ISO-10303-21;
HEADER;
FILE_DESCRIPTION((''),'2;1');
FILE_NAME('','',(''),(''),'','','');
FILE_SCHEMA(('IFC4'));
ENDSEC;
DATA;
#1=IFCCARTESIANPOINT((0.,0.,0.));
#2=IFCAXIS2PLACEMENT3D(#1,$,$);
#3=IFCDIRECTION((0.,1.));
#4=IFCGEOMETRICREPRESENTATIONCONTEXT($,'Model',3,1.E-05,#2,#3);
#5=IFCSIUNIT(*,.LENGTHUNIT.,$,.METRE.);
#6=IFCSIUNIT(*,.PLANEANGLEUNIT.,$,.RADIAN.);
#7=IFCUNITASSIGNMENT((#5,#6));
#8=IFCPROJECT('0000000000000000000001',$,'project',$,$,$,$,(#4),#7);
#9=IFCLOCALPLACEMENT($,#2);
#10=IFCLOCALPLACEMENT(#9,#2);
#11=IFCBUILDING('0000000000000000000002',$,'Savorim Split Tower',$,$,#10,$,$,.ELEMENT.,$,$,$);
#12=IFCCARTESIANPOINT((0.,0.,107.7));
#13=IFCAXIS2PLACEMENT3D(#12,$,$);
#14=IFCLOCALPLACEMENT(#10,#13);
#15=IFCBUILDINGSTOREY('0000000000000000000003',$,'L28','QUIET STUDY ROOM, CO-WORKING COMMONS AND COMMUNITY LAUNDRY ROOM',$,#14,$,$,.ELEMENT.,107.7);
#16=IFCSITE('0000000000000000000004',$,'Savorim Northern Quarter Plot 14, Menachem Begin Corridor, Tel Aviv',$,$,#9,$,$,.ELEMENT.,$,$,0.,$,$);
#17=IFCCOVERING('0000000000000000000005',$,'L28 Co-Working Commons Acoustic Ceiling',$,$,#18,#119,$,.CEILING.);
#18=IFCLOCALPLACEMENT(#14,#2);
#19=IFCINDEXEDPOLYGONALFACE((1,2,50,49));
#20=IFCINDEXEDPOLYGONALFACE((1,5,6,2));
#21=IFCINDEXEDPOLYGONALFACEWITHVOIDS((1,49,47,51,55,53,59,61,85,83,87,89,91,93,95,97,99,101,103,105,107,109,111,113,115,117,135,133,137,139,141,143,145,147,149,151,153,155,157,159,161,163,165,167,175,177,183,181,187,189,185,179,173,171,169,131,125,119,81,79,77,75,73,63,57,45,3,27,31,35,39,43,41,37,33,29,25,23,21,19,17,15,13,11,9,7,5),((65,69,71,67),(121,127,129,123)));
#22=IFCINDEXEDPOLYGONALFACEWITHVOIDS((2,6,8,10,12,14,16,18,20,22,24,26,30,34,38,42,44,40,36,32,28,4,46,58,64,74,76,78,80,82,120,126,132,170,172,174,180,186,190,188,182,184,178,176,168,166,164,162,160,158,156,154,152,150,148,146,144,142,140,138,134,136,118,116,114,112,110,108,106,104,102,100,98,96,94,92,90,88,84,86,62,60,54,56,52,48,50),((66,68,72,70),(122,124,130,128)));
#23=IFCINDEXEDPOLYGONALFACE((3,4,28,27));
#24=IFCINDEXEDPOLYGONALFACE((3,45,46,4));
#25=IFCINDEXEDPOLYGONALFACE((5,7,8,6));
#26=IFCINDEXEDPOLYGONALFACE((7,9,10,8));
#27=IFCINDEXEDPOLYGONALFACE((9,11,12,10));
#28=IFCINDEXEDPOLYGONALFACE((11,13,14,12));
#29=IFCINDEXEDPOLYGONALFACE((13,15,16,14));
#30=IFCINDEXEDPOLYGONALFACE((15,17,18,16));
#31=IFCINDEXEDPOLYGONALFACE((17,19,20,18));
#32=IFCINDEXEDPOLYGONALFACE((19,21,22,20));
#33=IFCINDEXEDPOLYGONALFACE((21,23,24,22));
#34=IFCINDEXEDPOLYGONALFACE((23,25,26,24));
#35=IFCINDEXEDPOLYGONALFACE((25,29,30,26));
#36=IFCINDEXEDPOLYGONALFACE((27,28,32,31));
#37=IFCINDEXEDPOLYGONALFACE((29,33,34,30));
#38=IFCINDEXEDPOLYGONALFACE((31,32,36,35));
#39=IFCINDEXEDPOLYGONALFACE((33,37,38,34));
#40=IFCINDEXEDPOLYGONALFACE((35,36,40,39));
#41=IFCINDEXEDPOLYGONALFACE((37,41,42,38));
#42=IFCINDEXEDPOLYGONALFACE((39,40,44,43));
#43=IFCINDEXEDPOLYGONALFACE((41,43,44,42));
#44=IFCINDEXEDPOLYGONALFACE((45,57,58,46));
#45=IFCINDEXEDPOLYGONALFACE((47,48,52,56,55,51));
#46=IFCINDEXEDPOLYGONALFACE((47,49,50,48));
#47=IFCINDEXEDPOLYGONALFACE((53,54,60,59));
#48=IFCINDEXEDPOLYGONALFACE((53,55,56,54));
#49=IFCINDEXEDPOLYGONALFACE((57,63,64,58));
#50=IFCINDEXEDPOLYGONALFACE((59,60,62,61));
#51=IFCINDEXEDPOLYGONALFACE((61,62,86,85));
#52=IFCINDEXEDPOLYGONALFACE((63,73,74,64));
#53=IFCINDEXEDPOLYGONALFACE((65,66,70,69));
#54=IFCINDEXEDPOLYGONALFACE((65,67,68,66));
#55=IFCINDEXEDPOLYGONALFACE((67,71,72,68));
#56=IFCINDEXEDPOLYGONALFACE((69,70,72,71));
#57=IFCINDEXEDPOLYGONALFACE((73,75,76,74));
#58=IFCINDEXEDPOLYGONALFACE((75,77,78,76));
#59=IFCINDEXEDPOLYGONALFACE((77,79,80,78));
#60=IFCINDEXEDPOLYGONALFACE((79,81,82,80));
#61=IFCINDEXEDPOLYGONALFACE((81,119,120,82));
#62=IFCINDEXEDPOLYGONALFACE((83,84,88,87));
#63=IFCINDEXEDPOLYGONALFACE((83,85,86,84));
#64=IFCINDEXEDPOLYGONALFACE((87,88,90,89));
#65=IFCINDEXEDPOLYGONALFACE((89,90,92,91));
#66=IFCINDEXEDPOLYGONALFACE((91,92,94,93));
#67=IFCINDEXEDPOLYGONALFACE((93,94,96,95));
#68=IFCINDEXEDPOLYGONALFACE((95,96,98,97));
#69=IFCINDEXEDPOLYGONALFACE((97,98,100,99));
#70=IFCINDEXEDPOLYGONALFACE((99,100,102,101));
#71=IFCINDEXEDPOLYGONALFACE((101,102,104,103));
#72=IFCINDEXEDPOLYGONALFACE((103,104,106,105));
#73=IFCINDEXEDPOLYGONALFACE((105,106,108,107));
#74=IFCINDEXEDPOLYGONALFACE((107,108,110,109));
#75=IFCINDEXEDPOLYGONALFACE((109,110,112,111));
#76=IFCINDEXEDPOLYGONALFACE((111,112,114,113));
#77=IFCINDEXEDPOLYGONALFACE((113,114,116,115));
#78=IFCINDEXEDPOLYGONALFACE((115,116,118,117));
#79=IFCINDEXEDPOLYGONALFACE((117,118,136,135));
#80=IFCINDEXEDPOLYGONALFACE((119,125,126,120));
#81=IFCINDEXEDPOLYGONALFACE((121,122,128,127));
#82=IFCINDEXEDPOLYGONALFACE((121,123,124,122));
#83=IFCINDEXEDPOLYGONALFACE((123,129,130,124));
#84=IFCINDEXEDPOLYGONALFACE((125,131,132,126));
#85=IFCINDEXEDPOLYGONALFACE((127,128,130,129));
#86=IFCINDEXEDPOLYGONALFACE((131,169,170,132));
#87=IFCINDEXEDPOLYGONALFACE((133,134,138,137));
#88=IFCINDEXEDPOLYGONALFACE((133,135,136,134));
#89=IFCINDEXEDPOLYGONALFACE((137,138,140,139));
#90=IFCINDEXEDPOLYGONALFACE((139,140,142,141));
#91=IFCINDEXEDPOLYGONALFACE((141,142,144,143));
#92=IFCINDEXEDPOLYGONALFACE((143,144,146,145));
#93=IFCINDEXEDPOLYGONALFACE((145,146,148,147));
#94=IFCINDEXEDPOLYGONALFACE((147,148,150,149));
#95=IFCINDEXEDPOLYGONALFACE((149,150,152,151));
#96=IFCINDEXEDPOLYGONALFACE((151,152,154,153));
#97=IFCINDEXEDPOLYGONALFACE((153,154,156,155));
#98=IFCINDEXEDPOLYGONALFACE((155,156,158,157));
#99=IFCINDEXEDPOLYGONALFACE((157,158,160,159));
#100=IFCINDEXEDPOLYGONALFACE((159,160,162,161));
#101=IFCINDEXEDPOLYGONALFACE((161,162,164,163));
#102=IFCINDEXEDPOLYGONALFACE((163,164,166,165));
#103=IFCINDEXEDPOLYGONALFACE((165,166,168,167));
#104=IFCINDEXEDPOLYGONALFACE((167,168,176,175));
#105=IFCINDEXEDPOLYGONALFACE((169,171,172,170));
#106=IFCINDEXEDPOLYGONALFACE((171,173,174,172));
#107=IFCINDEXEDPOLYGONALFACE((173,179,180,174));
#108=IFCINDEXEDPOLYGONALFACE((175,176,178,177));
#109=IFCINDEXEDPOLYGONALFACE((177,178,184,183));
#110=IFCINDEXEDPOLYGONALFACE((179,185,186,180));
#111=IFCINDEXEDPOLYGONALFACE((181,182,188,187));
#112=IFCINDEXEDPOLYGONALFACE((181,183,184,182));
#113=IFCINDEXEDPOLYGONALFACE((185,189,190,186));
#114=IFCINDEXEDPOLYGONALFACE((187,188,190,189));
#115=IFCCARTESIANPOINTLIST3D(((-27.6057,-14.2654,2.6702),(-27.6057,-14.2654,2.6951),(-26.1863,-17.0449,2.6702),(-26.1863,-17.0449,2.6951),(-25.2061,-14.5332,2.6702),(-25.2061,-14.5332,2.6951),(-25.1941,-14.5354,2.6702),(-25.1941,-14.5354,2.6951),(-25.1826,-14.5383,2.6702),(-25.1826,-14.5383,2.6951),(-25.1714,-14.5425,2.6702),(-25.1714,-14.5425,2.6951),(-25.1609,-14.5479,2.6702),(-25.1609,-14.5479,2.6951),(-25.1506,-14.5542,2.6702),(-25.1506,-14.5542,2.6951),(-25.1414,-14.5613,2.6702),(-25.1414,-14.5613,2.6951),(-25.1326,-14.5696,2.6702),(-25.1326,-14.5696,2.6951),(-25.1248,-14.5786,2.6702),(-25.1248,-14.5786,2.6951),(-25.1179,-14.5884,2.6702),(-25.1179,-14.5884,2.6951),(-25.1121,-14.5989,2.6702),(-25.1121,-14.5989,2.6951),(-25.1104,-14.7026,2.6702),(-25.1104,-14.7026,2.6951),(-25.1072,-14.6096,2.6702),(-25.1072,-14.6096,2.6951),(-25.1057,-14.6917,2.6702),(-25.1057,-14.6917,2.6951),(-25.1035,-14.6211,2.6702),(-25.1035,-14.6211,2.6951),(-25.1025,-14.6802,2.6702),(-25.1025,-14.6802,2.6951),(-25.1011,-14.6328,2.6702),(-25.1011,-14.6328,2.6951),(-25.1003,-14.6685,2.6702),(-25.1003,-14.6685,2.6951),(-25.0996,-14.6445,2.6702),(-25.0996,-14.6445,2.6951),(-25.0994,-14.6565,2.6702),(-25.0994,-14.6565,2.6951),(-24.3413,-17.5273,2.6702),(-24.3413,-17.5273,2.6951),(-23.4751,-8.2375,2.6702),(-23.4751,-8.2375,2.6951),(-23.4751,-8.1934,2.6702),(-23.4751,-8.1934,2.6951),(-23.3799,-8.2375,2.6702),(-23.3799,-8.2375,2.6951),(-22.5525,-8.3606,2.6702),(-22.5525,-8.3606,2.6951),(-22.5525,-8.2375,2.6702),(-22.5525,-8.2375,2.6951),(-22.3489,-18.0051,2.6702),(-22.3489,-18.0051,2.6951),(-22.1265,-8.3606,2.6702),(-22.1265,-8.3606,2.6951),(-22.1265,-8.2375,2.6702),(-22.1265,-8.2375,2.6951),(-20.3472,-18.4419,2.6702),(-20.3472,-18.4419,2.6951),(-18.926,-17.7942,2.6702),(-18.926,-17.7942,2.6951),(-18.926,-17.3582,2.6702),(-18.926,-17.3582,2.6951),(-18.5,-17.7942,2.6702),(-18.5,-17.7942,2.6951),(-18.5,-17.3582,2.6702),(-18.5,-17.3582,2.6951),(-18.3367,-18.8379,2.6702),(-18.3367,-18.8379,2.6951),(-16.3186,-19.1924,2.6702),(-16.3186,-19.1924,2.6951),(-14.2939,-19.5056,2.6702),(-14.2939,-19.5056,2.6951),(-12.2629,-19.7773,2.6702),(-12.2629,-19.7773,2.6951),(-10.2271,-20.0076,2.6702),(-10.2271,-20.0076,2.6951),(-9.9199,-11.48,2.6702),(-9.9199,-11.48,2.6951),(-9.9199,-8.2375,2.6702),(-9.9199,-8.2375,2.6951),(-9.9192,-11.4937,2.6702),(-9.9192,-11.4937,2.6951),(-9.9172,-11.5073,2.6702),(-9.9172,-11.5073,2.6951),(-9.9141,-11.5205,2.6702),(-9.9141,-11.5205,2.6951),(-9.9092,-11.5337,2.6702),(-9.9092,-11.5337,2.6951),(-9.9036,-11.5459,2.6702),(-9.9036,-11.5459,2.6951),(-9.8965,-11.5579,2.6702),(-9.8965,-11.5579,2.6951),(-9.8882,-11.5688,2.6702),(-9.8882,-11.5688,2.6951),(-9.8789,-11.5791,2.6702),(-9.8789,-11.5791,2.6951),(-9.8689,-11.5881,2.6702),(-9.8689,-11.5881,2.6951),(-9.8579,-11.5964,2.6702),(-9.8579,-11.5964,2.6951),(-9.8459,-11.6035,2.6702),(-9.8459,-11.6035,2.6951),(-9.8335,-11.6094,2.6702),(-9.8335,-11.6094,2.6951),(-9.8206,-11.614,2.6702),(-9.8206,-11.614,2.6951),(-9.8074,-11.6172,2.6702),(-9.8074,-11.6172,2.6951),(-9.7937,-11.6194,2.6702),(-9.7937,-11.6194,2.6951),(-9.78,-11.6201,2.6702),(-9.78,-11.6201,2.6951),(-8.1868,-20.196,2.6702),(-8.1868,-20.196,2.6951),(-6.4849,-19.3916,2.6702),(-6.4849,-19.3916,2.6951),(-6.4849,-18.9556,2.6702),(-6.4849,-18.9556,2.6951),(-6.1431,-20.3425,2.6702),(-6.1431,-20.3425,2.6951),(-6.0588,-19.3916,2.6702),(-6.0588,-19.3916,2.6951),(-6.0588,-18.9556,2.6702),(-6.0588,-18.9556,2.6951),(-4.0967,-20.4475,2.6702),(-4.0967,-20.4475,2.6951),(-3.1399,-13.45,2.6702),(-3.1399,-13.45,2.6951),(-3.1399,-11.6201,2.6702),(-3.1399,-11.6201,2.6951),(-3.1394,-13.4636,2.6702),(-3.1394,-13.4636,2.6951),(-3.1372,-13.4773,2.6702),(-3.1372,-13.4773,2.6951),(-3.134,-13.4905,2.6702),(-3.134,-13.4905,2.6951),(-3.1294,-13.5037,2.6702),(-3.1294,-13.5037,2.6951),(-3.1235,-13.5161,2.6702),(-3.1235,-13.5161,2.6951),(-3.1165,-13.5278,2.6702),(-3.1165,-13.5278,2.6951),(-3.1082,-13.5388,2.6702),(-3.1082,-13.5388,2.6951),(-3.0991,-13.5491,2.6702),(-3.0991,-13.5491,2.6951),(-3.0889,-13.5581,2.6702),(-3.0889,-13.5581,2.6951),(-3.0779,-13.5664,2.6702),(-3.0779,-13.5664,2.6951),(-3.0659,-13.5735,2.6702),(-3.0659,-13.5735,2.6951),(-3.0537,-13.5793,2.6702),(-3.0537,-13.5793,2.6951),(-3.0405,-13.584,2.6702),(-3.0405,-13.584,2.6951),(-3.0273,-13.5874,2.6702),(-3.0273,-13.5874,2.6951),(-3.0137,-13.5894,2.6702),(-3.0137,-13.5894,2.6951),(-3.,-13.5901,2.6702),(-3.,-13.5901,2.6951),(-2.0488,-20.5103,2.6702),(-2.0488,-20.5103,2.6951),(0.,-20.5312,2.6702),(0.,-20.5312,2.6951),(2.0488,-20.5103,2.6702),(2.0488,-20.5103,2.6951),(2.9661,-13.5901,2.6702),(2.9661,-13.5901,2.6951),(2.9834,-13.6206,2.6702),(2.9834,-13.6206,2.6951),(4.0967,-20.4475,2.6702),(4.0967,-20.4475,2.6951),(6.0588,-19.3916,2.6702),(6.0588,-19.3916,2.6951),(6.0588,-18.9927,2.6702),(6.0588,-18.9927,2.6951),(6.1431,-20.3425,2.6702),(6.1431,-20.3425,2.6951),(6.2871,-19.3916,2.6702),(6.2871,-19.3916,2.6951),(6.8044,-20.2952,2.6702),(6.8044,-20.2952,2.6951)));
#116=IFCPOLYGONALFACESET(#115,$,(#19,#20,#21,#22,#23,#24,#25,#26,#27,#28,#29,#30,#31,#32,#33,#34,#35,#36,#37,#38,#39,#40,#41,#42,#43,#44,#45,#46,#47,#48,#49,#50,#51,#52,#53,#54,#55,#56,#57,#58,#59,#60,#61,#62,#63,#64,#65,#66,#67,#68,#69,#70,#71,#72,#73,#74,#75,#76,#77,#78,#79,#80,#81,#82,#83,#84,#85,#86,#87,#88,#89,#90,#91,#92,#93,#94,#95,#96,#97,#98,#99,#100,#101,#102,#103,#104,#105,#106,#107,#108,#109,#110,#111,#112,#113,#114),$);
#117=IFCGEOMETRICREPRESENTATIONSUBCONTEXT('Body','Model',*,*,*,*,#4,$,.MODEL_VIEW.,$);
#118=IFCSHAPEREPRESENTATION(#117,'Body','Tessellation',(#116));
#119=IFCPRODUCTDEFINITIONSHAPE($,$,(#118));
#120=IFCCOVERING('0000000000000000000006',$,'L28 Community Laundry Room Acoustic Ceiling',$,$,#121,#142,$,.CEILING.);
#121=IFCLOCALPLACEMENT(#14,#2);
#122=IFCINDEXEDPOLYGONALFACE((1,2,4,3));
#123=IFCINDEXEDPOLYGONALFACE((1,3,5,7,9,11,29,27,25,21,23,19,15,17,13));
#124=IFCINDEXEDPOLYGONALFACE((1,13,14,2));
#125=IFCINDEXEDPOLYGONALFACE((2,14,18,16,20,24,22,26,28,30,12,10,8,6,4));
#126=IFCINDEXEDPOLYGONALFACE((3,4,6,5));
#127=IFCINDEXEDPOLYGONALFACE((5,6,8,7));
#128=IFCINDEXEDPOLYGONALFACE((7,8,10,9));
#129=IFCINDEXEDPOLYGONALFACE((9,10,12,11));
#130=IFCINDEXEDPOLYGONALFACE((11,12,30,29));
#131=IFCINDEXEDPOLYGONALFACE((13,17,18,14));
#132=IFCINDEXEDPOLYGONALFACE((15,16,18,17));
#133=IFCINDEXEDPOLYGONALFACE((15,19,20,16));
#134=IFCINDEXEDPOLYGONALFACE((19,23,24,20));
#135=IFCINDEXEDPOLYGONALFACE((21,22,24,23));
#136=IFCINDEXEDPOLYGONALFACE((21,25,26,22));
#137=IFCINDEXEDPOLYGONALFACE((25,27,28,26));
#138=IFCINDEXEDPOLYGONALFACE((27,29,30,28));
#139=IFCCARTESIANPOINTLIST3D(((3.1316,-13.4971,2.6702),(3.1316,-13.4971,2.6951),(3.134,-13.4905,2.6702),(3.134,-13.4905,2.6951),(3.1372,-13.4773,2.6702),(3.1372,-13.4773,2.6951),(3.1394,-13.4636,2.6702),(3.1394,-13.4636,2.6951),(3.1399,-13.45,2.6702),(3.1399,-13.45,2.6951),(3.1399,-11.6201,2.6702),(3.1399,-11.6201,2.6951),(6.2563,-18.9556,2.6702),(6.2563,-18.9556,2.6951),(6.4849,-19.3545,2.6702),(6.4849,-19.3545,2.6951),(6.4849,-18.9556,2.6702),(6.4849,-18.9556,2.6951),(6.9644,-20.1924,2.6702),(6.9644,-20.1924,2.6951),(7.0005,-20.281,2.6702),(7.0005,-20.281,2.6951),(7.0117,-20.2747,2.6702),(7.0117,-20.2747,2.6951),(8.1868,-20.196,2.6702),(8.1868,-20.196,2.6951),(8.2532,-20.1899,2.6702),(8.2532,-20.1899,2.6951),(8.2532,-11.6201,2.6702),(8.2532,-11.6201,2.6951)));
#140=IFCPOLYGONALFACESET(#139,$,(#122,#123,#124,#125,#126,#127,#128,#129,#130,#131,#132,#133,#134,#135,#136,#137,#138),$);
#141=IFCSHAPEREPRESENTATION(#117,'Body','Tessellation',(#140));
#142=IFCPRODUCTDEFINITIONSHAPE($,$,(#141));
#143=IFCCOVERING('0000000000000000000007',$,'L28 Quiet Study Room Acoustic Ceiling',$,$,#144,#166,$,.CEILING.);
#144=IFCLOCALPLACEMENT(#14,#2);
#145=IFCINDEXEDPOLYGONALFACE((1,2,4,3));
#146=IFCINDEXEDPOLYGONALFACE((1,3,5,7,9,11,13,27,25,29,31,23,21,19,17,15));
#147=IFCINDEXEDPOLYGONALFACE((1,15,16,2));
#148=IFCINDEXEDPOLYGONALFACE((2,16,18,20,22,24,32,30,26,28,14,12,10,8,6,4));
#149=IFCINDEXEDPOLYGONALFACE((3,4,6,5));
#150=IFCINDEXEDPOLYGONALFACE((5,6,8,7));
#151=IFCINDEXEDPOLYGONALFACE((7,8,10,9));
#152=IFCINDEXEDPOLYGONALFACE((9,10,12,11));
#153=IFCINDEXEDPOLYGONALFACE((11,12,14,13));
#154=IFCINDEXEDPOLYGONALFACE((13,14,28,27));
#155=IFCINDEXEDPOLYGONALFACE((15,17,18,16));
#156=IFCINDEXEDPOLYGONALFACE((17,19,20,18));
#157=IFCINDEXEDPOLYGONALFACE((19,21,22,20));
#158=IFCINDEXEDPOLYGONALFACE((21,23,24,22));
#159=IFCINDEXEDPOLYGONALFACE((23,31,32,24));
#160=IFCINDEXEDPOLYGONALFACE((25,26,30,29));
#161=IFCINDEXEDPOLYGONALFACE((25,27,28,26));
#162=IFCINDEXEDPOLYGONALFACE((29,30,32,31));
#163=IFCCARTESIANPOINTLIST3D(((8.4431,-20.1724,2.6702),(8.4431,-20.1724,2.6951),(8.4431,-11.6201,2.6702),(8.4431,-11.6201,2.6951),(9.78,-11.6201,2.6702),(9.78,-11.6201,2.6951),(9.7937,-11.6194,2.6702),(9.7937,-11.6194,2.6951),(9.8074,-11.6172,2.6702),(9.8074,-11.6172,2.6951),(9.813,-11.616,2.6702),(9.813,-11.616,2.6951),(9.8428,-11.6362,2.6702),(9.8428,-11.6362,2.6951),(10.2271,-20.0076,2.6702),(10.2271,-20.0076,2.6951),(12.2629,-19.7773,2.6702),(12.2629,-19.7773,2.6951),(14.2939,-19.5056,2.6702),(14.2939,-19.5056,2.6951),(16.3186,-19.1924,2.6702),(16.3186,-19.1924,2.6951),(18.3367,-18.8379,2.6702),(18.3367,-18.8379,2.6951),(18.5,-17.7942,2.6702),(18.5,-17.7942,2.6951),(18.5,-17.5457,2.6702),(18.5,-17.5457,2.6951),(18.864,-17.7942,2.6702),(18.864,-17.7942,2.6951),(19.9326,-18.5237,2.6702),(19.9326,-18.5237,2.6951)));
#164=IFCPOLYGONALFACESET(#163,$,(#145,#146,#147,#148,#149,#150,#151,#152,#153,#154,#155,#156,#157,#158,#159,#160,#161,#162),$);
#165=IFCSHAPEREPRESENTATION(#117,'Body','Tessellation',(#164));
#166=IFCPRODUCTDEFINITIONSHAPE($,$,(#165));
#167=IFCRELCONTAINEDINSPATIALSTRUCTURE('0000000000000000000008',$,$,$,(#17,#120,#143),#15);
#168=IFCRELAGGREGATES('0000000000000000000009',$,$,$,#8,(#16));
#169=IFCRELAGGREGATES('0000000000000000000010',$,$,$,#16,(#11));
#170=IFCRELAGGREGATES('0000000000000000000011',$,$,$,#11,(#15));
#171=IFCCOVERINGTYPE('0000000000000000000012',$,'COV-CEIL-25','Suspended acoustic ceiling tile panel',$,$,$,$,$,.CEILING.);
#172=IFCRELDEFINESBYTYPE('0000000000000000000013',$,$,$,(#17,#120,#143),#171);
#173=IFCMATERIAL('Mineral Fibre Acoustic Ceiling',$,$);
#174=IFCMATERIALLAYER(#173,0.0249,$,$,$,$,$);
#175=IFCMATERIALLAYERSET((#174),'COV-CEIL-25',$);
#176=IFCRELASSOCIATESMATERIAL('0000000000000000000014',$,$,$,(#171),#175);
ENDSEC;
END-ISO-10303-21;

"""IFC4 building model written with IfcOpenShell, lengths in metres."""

from ifc_helpers import new_model, si_unit, direction, frame, origin, place, context, subcontext, project, spatial, polyline, outline, extrude, material, layer, layer_set, type_object, element, save


model = new_model("IFC4")

# Units and contexts
model_context = context("Model", 3, precision=1e-05, world=origin(), true_north=direction((0.0, 1.0)))
body_context = subcontext(model_context, "Body", "Model", "MODEL_VIEW")
ifc_project = project(units=[si_unit("LENGTHUNIT", "METRE"), si_unit("PLANEANGLEUNIT", "RADIAN")], contexts=[model_context])

# Site, building, storey
site_placement = place(None, origin())
site = spatial("IfcSite", under=ifc_project, at=site_placement, Name="Savorim Northern Quarter Plot 14, Menachem Begin Corridor, Tel Aviv", CompositionType="ELEMENT", RefElevation=0.0)
building_placement = place(site_placement, origin())
building = spatial("IfcBuilding", under=site, at=building_placement, Name="Savorim Split Tower", CompositionType="ELEMENT")
storey_placement = place(building_placement, frame((0.0, 0.0, 107.7)))
storey = spatial("IfcBuildingStorey", under=building, at=storey_placement, Name="L28", Description="QUIET STUDY ROOM, CO-WORKING COMMONS AND COMMUNITY LAUNDRY ROOM", CompositionType="ELEMENT", Elevation=107.7)

# Coverings
ifc_material_1 = material(Name="Mineral Fibre Acoustic Ceiling")
ifc_layer_1 = layer(ifc_material_1, 0.0249)
ifc_layer_set_1 = layer_set([ifc_layer_1], Name="COV-CEIL-25")
covering_type_1 = type_object("IfcCoveringType", Name="COV-CEIL-25", Description="Suspended acoustic ceiling tile panel", PredefinedType="CEILING", material=ifc_layer_set_1)
covering_1_placement = place(storey_placement, frame((0.0, 0.0, 2.6702)))
element("IfcCovering", 1, at=covering_1_placement, inside=storey, type_object=covering_type_1, Name="L28 Co-Working Commons Acoustic Ceiling", PredefinedType="CEILING", context=body_context, shape_type="SweptSolid", body=[
    extrude(outline(polyline([(-25.0996, -14.6445), (-25.0994, -14.6565), (-25.1003, -14.6685), (-25.1025, -14.6802), (-25.1057, -14.6917), (-25.1104, -14.7026), (-26.1863, -17.0449), (-24.3413, -17.5273), (-22.3489, -18.0051), (-20.3472, -18.4419), (-18.3367, -18.8379), (-16.3186, -19.1924), (-14.2939, -19.5056), (-12.2629, -19.7773), (-10.2271, -20.0076), (-8.1868, -20.196), (-6.1431, -20.3425), (-4.0967, -20.4475), (-2.0488, -20.5103), (0.0, -20.5312), (2.0488, -20.5103), (4.0967, -20.4475), (6.1431, -20.3425), (6.8044, -20.2952), (6.2871, -19.3916), (6.0588, -19.3916), (6.0588, -18.9927), (2.9834, -13.6206), (2.9661, -13.5901), (-3.0, -13.5901), (-3.0137, -13.5894), (-3.0273, -13.5874), (-3.0405, -13.584), (-3.0537, -13.5793), (-3.0659, -13.5735), (-3.0779, -13.5664), (-3.0889, -13.5581), (-3.0991, -13.5491), (-3.1082, -13.5388), (-3.1165, -13.5278), (-3.1235, -13.5161), (-3.1294, -13.5037), (-3.134, -13.4905), (-3.1372, -13.4773), (-3.1394, -13.4636), (-3.1399, -13.45), (-3.1399, -11.6201), (-9.78, -11.6201), (-9.7937, -11.6194), (-9.8074, -11.6172), (-9.8206, -11.614), (-9.8335, -11.6094), (-9.8459, -11.6035), (-9.8579, -11.5964), (-9.8689, -11.5881), (-9.8789, -11.5791), (-9.8882, -11.5688), (-9.8965, -11.5579), (-9.9036, -11.5459), (-9.9092, -11.5337), (-9.9141, -11.5205), (-9.9172, -11.5073), (-9.9192, -11.4937), (-9.9199, -11.48), (-9.9199, -8.2375), (-22.1265, -8.2375), (-22.1265, -8.3606), (-22.5525, -8.3606), (-22.5525, -8.2375), (-23.3799, -8.2375), (-23.4751, -8.2375), (-23.4751, -8.1934), (-27.6057, -14.2654), (-25.2061, -14.5332), (-25.1941, -14.5354), (-25.1826, -14.5383), (-25.1714, -14.5425), (-25.1609, -14.5479), (-25.1506, -14.5542), (-25.1414, -14.5613), (-25.1326, -14.5696), (-25.1248, -14.5786), (-25.1179, -14.5884), (-25.1121, -14.5989), (-25.1072, -14.6096), (-25.1035, -14.6211), (-25.1011, -14.6328), (-25.0996, -14.6445)]), holes=[polyline([(-18.926, -17.7942), (-18.5, -17.7942), (-18.5, -17.3582), (-18.926, -17.3582), (-18.926, -17.7942)]), polyline([(-6.4849, -19.3916), (-6.0588, -19.3916), (-6.0588, -18.9556), (-6.4849, -18.9556), (-6.4849, -19.3916)])]), origin(), (0.0, 0.0, 1.0), 0.0249),
])
covering_2_placement = place(storey_placement, frame((0.0, 0.0, 2.6702)))
element("IfcCovering", 2, at=covering_2_placement, inside=storey, type_object=covering_type_1, Name="L28 Community Laundry Room Acoustic Ceiling", PredefinedType="CEILING", context=body_context, shape_type="SweptSolid", body=[
    extrude(outline(polyline([(7.0117, -20.2747), (7.0005, -20.281), (8.1868, -20.196), (8.2532, -20.1899), (8.2532, -11.6201), (3.1399, -11.6201), (3.1399, -13.45), (3.1394, -13.4636), (3.1372, -13.4773), (3.134, -13.4905), (3.1316, -13.4971), (6.2563, -18.9556), (6.4849, -18.9556), (6.4849, -19.3545), (6.9644, -20.1924), (7.0117, -20.2747)])), origin(), (0.0, 0.0, 1.0), 0.0249),
])
covering_3_placement = place(storey_placement, frame((0.0, 0.0, 2.6702)))
element("IfcCovering", 3, at=covering_3_placement, inside=storey, type_object=covering_type_1, Name="L28 Quiet Study Room Acoustic Ceiling", PredefinedType="CEILING", context=body_context, shape_type="SweptSolid", body=[
    extrude(outline(polyline([(12.2629, -19.7773), (14.2939, -19.5056), (16.3186, -19.1924), (18.3367, -18.8379), (19.9326, -18.5237), (18.864, -17.7942), (18.5, -17.7942), (18.5, -17.5457), (9.8428, -11.6362), (9.813, -11.616), (9.8074, -11.6172), (9.7937, -11.6194), (9.78, -11.6201), (8.4431, -11.6201), (8.4431, -20.1724), (10.2271, -20.0076), (12.2629, -19.7773)])), origin(), (0.0, 0.0, 1.0), 0.0249),
])

save(model, "model.ifc")
